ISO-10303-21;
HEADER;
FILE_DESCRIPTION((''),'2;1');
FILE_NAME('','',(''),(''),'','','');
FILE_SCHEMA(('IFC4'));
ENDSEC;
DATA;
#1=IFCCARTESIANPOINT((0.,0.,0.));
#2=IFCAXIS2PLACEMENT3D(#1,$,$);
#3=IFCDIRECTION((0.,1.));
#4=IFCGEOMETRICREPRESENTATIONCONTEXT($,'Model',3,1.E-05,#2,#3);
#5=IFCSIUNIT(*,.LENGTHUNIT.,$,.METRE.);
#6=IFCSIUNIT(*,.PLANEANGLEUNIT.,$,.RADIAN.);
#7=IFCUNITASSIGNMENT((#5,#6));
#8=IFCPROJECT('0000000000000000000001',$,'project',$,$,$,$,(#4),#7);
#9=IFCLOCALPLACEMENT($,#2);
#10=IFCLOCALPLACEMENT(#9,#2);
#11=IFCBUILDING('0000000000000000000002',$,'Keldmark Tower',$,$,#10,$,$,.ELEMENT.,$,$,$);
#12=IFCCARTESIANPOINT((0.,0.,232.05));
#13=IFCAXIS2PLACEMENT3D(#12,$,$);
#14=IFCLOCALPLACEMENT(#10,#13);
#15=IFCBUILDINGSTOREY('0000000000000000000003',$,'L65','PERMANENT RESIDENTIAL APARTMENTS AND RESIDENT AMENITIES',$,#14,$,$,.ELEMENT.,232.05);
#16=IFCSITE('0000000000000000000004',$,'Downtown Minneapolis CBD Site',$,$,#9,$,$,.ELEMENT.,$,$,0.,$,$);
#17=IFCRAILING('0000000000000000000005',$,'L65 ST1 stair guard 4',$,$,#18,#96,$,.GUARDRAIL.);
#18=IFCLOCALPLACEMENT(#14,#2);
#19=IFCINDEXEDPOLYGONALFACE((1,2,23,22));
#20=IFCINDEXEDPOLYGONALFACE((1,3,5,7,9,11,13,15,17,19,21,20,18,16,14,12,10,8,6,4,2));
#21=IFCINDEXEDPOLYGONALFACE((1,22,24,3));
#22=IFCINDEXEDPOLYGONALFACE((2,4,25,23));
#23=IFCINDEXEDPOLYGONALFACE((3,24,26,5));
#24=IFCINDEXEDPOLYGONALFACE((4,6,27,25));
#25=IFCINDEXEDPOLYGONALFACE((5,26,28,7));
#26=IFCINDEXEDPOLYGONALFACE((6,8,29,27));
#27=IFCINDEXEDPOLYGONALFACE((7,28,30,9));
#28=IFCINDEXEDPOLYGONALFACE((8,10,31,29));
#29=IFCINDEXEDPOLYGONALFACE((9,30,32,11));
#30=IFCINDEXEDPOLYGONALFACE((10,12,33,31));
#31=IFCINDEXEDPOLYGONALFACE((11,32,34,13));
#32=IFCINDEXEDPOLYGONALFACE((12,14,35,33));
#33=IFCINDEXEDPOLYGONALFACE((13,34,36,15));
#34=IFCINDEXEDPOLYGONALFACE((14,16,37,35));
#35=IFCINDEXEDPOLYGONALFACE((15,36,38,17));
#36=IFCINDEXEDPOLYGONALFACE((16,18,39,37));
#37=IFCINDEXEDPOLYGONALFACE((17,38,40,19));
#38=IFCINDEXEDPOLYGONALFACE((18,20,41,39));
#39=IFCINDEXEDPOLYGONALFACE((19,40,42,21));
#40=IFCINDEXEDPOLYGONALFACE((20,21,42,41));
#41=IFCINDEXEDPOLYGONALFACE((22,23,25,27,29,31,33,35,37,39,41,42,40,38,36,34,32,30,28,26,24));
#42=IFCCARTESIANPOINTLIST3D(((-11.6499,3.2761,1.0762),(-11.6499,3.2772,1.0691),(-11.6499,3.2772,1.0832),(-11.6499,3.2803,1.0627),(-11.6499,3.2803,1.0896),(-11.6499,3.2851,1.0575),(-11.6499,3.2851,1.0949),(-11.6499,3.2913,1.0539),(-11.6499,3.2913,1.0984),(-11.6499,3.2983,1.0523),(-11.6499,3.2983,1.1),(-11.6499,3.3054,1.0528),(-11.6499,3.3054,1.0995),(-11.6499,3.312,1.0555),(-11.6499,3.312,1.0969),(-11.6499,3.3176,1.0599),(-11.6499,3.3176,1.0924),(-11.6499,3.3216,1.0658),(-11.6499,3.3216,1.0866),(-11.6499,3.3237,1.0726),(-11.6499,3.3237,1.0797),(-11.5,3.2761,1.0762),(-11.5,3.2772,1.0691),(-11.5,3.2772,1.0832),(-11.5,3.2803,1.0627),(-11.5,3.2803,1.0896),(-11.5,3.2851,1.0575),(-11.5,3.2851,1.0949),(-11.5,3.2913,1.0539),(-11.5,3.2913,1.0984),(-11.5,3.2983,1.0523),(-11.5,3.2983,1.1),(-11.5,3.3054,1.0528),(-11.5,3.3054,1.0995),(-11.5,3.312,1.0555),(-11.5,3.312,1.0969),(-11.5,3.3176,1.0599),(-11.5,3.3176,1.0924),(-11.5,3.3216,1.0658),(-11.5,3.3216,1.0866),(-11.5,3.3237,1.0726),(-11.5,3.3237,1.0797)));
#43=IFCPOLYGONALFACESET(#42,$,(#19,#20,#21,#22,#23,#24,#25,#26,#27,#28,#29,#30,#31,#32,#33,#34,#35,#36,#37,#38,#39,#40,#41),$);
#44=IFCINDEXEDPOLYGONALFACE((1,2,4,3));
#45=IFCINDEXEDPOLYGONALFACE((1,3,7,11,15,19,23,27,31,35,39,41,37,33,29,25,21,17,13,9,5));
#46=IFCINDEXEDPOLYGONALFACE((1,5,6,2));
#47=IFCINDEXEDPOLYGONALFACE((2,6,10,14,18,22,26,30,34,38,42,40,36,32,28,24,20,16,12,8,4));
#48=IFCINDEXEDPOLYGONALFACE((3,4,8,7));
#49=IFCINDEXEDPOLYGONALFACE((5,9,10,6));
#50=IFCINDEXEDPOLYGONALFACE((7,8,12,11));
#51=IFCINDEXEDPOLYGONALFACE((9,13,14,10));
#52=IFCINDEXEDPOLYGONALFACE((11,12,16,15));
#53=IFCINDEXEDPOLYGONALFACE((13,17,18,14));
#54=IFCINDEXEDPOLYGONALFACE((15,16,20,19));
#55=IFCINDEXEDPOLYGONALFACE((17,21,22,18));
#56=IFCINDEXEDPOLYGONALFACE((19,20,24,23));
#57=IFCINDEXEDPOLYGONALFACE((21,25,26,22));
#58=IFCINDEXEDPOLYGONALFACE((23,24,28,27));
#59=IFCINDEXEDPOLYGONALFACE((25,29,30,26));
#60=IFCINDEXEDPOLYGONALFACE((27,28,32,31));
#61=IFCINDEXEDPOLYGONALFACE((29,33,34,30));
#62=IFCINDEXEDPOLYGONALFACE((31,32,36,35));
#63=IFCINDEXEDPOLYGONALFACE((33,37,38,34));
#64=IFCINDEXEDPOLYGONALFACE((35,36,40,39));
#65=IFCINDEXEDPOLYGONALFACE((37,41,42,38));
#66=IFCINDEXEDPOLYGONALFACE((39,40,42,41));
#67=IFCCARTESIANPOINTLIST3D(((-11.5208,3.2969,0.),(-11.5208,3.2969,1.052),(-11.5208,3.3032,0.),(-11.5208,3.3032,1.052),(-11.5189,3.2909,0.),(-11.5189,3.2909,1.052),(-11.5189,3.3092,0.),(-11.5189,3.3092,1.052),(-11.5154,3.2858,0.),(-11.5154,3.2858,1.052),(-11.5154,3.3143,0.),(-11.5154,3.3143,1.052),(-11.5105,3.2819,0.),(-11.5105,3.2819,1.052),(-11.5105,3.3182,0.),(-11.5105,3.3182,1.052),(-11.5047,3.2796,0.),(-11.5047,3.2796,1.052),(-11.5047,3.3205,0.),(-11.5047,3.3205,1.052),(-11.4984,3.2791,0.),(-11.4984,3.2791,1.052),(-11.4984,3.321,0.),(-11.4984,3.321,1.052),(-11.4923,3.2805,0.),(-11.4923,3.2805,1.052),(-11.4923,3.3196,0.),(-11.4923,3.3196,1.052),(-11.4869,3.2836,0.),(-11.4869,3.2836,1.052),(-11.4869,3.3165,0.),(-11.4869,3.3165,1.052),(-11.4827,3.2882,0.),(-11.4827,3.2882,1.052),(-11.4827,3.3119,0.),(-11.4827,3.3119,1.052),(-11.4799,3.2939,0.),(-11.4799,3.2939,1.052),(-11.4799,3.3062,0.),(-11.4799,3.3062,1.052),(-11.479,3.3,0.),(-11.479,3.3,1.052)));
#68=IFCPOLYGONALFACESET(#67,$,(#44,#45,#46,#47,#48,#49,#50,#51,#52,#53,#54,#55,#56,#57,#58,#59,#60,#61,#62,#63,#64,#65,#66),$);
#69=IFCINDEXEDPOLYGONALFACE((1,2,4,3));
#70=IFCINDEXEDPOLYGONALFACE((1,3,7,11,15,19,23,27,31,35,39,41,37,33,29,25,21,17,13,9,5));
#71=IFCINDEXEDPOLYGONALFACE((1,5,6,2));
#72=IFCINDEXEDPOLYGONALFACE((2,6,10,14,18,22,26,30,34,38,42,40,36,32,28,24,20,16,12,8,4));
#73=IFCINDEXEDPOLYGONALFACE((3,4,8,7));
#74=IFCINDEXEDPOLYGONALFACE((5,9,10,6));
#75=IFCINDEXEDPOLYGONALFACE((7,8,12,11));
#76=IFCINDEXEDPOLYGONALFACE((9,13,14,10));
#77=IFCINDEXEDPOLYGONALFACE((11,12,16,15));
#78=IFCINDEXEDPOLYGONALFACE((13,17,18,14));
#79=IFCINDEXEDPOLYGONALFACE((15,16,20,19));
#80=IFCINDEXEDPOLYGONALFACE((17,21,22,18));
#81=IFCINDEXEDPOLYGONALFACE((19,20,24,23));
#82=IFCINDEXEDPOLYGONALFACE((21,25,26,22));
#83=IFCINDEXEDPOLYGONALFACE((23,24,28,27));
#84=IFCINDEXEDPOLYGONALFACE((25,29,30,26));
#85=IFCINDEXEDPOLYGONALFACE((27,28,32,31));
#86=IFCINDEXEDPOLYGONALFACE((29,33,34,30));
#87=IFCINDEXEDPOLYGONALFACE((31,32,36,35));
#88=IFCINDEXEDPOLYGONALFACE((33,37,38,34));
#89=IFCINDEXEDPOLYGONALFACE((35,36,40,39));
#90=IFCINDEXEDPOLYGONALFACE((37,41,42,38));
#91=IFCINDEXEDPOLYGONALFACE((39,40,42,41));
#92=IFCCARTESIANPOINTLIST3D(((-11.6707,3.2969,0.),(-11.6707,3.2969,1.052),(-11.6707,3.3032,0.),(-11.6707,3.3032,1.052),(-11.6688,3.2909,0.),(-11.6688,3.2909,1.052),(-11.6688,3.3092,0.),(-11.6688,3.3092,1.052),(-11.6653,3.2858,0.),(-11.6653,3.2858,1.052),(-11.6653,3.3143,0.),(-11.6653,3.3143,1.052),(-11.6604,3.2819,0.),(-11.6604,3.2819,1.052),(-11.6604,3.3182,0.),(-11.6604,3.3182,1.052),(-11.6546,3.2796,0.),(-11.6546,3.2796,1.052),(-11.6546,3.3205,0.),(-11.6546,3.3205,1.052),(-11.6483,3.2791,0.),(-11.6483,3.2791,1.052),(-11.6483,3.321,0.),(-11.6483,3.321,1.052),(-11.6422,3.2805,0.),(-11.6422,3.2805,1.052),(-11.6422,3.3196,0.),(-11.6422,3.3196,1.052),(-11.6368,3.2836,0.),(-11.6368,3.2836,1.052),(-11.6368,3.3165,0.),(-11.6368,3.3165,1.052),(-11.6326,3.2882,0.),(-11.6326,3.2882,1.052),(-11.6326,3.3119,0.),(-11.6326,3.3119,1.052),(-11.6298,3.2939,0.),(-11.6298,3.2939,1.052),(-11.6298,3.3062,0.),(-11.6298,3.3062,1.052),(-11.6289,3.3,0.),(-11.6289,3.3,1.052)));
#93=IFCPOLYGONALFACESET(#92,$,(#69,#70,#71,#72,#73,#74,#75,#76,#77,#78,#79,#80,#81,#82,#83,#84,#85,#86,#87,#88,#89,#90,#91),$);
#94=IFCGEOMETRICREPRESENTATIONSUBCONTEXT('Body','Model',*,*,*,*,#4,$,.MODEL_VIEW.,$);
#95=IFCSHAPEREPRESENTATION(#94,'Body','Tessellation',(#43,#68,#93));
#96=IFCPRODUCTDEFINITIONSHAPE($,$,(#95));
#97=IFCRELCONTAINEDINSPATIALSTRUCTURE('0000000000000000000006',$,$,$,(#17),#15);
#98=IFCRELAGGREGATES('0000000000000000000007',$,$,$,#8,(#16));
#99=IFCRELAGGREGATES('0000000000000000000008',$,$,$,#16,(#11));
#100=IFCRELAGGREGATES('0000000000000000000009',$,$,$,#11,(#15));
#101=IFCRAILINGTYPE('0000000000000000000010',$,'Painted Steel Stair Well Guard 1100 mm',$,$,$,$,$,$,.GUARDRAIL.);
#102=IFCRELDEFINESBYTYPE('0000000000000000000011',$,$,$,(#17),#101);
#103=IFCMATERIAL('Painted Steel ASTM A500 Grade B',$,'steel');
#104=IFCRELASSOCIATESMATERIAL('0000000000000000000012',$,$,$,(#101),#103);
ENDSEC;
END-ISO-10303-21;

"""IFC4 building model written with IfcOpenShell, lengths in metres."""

from ifc_helpers import new_model, si_unit, direction, frame, origin, origin_2d, place, context, subcontext, project, spatial, circle, extrude, material, type_object, element, save


model = new_model("IFC4")

# Units and contexts
model_context = context("Model", 3, precision=1e-05, world=origin(), true_north=direction((0.0, 1.0)))
body_context = subcontext(model_context, "Body", "Model", "MODEL_VIEW")
ifc_project = project(units=[si_unit("LENGTHUNIT", "METRE"), si_unit("PLANEANGLEUNIT", "RADIAN")], contexts=[model_context])

# Site, building, storey
site_placement = place(None, origin())
site = spatial("IfcSite", under=ifc_project, at=site_placement, Name="Downtown Minneapolis CBD Site", CompositionType="ELEMENT", RefElevation=0.0)
building_placement = place(site_placement, origin())
building = spatial("IfcBuilding", under=site, at=building_placement, Name="Keldmark Tower", CompositionType="ELEMENT")
storey_placement = place(building_placement, frame((0.0, 0.0, 232.05)))
storey = spatial("IfcBuildingStorey", under=building, at=storey_placement, Name="L65", Description="PERMANENT RESIDENTIAL APARTMENTS AND RESIDENT AMENITIES", CompositionType="ELEMENT", Elevation=232.05)

# Railing
ifc_material_1 = material(Name="Painted Steel ASTM A500 Grade B", Category="steel")
railing_type_1 = type_object("IfcRailingType", Name="Painted Steel Stair Well Guard 1100 mm", PredefinedType="GUARDRAIL", material=ifc_material_1)
railing_1_placement = place(storey_placement, frame((-11.5, 3.3, 0.0)))
element("IfcRailing", 1, at=railing_1_placement, inside=storey, type_object=railing_type_1, Name="L65 ST1 stair guard 4", PredefinedType="GUARDRAIL", context=body_context, shape_type="SweptSolid", body=[
    extrude(circle(Radius=0.0239, at=origin_2d()), frame((0.0, 0.0, 1.0762), z_axis=(-1.0, 0.0, 0.0), x_axis=(0.0, -1.0, 0.0)), (0.0, 0.0, 1.0), 0.1499),
    extrude(circle(Radius=0.021, at=origin_2d()), origin(), (0.0, 0.0, 1.0), 1.052),
    extrude(circle(Radius=0.021, at=origin_2d()), frame((-0.1499, 0.0, 0.0)), (0.0, 0.0, 1.0), 1.052),
])

save(model, "model.ifc")
